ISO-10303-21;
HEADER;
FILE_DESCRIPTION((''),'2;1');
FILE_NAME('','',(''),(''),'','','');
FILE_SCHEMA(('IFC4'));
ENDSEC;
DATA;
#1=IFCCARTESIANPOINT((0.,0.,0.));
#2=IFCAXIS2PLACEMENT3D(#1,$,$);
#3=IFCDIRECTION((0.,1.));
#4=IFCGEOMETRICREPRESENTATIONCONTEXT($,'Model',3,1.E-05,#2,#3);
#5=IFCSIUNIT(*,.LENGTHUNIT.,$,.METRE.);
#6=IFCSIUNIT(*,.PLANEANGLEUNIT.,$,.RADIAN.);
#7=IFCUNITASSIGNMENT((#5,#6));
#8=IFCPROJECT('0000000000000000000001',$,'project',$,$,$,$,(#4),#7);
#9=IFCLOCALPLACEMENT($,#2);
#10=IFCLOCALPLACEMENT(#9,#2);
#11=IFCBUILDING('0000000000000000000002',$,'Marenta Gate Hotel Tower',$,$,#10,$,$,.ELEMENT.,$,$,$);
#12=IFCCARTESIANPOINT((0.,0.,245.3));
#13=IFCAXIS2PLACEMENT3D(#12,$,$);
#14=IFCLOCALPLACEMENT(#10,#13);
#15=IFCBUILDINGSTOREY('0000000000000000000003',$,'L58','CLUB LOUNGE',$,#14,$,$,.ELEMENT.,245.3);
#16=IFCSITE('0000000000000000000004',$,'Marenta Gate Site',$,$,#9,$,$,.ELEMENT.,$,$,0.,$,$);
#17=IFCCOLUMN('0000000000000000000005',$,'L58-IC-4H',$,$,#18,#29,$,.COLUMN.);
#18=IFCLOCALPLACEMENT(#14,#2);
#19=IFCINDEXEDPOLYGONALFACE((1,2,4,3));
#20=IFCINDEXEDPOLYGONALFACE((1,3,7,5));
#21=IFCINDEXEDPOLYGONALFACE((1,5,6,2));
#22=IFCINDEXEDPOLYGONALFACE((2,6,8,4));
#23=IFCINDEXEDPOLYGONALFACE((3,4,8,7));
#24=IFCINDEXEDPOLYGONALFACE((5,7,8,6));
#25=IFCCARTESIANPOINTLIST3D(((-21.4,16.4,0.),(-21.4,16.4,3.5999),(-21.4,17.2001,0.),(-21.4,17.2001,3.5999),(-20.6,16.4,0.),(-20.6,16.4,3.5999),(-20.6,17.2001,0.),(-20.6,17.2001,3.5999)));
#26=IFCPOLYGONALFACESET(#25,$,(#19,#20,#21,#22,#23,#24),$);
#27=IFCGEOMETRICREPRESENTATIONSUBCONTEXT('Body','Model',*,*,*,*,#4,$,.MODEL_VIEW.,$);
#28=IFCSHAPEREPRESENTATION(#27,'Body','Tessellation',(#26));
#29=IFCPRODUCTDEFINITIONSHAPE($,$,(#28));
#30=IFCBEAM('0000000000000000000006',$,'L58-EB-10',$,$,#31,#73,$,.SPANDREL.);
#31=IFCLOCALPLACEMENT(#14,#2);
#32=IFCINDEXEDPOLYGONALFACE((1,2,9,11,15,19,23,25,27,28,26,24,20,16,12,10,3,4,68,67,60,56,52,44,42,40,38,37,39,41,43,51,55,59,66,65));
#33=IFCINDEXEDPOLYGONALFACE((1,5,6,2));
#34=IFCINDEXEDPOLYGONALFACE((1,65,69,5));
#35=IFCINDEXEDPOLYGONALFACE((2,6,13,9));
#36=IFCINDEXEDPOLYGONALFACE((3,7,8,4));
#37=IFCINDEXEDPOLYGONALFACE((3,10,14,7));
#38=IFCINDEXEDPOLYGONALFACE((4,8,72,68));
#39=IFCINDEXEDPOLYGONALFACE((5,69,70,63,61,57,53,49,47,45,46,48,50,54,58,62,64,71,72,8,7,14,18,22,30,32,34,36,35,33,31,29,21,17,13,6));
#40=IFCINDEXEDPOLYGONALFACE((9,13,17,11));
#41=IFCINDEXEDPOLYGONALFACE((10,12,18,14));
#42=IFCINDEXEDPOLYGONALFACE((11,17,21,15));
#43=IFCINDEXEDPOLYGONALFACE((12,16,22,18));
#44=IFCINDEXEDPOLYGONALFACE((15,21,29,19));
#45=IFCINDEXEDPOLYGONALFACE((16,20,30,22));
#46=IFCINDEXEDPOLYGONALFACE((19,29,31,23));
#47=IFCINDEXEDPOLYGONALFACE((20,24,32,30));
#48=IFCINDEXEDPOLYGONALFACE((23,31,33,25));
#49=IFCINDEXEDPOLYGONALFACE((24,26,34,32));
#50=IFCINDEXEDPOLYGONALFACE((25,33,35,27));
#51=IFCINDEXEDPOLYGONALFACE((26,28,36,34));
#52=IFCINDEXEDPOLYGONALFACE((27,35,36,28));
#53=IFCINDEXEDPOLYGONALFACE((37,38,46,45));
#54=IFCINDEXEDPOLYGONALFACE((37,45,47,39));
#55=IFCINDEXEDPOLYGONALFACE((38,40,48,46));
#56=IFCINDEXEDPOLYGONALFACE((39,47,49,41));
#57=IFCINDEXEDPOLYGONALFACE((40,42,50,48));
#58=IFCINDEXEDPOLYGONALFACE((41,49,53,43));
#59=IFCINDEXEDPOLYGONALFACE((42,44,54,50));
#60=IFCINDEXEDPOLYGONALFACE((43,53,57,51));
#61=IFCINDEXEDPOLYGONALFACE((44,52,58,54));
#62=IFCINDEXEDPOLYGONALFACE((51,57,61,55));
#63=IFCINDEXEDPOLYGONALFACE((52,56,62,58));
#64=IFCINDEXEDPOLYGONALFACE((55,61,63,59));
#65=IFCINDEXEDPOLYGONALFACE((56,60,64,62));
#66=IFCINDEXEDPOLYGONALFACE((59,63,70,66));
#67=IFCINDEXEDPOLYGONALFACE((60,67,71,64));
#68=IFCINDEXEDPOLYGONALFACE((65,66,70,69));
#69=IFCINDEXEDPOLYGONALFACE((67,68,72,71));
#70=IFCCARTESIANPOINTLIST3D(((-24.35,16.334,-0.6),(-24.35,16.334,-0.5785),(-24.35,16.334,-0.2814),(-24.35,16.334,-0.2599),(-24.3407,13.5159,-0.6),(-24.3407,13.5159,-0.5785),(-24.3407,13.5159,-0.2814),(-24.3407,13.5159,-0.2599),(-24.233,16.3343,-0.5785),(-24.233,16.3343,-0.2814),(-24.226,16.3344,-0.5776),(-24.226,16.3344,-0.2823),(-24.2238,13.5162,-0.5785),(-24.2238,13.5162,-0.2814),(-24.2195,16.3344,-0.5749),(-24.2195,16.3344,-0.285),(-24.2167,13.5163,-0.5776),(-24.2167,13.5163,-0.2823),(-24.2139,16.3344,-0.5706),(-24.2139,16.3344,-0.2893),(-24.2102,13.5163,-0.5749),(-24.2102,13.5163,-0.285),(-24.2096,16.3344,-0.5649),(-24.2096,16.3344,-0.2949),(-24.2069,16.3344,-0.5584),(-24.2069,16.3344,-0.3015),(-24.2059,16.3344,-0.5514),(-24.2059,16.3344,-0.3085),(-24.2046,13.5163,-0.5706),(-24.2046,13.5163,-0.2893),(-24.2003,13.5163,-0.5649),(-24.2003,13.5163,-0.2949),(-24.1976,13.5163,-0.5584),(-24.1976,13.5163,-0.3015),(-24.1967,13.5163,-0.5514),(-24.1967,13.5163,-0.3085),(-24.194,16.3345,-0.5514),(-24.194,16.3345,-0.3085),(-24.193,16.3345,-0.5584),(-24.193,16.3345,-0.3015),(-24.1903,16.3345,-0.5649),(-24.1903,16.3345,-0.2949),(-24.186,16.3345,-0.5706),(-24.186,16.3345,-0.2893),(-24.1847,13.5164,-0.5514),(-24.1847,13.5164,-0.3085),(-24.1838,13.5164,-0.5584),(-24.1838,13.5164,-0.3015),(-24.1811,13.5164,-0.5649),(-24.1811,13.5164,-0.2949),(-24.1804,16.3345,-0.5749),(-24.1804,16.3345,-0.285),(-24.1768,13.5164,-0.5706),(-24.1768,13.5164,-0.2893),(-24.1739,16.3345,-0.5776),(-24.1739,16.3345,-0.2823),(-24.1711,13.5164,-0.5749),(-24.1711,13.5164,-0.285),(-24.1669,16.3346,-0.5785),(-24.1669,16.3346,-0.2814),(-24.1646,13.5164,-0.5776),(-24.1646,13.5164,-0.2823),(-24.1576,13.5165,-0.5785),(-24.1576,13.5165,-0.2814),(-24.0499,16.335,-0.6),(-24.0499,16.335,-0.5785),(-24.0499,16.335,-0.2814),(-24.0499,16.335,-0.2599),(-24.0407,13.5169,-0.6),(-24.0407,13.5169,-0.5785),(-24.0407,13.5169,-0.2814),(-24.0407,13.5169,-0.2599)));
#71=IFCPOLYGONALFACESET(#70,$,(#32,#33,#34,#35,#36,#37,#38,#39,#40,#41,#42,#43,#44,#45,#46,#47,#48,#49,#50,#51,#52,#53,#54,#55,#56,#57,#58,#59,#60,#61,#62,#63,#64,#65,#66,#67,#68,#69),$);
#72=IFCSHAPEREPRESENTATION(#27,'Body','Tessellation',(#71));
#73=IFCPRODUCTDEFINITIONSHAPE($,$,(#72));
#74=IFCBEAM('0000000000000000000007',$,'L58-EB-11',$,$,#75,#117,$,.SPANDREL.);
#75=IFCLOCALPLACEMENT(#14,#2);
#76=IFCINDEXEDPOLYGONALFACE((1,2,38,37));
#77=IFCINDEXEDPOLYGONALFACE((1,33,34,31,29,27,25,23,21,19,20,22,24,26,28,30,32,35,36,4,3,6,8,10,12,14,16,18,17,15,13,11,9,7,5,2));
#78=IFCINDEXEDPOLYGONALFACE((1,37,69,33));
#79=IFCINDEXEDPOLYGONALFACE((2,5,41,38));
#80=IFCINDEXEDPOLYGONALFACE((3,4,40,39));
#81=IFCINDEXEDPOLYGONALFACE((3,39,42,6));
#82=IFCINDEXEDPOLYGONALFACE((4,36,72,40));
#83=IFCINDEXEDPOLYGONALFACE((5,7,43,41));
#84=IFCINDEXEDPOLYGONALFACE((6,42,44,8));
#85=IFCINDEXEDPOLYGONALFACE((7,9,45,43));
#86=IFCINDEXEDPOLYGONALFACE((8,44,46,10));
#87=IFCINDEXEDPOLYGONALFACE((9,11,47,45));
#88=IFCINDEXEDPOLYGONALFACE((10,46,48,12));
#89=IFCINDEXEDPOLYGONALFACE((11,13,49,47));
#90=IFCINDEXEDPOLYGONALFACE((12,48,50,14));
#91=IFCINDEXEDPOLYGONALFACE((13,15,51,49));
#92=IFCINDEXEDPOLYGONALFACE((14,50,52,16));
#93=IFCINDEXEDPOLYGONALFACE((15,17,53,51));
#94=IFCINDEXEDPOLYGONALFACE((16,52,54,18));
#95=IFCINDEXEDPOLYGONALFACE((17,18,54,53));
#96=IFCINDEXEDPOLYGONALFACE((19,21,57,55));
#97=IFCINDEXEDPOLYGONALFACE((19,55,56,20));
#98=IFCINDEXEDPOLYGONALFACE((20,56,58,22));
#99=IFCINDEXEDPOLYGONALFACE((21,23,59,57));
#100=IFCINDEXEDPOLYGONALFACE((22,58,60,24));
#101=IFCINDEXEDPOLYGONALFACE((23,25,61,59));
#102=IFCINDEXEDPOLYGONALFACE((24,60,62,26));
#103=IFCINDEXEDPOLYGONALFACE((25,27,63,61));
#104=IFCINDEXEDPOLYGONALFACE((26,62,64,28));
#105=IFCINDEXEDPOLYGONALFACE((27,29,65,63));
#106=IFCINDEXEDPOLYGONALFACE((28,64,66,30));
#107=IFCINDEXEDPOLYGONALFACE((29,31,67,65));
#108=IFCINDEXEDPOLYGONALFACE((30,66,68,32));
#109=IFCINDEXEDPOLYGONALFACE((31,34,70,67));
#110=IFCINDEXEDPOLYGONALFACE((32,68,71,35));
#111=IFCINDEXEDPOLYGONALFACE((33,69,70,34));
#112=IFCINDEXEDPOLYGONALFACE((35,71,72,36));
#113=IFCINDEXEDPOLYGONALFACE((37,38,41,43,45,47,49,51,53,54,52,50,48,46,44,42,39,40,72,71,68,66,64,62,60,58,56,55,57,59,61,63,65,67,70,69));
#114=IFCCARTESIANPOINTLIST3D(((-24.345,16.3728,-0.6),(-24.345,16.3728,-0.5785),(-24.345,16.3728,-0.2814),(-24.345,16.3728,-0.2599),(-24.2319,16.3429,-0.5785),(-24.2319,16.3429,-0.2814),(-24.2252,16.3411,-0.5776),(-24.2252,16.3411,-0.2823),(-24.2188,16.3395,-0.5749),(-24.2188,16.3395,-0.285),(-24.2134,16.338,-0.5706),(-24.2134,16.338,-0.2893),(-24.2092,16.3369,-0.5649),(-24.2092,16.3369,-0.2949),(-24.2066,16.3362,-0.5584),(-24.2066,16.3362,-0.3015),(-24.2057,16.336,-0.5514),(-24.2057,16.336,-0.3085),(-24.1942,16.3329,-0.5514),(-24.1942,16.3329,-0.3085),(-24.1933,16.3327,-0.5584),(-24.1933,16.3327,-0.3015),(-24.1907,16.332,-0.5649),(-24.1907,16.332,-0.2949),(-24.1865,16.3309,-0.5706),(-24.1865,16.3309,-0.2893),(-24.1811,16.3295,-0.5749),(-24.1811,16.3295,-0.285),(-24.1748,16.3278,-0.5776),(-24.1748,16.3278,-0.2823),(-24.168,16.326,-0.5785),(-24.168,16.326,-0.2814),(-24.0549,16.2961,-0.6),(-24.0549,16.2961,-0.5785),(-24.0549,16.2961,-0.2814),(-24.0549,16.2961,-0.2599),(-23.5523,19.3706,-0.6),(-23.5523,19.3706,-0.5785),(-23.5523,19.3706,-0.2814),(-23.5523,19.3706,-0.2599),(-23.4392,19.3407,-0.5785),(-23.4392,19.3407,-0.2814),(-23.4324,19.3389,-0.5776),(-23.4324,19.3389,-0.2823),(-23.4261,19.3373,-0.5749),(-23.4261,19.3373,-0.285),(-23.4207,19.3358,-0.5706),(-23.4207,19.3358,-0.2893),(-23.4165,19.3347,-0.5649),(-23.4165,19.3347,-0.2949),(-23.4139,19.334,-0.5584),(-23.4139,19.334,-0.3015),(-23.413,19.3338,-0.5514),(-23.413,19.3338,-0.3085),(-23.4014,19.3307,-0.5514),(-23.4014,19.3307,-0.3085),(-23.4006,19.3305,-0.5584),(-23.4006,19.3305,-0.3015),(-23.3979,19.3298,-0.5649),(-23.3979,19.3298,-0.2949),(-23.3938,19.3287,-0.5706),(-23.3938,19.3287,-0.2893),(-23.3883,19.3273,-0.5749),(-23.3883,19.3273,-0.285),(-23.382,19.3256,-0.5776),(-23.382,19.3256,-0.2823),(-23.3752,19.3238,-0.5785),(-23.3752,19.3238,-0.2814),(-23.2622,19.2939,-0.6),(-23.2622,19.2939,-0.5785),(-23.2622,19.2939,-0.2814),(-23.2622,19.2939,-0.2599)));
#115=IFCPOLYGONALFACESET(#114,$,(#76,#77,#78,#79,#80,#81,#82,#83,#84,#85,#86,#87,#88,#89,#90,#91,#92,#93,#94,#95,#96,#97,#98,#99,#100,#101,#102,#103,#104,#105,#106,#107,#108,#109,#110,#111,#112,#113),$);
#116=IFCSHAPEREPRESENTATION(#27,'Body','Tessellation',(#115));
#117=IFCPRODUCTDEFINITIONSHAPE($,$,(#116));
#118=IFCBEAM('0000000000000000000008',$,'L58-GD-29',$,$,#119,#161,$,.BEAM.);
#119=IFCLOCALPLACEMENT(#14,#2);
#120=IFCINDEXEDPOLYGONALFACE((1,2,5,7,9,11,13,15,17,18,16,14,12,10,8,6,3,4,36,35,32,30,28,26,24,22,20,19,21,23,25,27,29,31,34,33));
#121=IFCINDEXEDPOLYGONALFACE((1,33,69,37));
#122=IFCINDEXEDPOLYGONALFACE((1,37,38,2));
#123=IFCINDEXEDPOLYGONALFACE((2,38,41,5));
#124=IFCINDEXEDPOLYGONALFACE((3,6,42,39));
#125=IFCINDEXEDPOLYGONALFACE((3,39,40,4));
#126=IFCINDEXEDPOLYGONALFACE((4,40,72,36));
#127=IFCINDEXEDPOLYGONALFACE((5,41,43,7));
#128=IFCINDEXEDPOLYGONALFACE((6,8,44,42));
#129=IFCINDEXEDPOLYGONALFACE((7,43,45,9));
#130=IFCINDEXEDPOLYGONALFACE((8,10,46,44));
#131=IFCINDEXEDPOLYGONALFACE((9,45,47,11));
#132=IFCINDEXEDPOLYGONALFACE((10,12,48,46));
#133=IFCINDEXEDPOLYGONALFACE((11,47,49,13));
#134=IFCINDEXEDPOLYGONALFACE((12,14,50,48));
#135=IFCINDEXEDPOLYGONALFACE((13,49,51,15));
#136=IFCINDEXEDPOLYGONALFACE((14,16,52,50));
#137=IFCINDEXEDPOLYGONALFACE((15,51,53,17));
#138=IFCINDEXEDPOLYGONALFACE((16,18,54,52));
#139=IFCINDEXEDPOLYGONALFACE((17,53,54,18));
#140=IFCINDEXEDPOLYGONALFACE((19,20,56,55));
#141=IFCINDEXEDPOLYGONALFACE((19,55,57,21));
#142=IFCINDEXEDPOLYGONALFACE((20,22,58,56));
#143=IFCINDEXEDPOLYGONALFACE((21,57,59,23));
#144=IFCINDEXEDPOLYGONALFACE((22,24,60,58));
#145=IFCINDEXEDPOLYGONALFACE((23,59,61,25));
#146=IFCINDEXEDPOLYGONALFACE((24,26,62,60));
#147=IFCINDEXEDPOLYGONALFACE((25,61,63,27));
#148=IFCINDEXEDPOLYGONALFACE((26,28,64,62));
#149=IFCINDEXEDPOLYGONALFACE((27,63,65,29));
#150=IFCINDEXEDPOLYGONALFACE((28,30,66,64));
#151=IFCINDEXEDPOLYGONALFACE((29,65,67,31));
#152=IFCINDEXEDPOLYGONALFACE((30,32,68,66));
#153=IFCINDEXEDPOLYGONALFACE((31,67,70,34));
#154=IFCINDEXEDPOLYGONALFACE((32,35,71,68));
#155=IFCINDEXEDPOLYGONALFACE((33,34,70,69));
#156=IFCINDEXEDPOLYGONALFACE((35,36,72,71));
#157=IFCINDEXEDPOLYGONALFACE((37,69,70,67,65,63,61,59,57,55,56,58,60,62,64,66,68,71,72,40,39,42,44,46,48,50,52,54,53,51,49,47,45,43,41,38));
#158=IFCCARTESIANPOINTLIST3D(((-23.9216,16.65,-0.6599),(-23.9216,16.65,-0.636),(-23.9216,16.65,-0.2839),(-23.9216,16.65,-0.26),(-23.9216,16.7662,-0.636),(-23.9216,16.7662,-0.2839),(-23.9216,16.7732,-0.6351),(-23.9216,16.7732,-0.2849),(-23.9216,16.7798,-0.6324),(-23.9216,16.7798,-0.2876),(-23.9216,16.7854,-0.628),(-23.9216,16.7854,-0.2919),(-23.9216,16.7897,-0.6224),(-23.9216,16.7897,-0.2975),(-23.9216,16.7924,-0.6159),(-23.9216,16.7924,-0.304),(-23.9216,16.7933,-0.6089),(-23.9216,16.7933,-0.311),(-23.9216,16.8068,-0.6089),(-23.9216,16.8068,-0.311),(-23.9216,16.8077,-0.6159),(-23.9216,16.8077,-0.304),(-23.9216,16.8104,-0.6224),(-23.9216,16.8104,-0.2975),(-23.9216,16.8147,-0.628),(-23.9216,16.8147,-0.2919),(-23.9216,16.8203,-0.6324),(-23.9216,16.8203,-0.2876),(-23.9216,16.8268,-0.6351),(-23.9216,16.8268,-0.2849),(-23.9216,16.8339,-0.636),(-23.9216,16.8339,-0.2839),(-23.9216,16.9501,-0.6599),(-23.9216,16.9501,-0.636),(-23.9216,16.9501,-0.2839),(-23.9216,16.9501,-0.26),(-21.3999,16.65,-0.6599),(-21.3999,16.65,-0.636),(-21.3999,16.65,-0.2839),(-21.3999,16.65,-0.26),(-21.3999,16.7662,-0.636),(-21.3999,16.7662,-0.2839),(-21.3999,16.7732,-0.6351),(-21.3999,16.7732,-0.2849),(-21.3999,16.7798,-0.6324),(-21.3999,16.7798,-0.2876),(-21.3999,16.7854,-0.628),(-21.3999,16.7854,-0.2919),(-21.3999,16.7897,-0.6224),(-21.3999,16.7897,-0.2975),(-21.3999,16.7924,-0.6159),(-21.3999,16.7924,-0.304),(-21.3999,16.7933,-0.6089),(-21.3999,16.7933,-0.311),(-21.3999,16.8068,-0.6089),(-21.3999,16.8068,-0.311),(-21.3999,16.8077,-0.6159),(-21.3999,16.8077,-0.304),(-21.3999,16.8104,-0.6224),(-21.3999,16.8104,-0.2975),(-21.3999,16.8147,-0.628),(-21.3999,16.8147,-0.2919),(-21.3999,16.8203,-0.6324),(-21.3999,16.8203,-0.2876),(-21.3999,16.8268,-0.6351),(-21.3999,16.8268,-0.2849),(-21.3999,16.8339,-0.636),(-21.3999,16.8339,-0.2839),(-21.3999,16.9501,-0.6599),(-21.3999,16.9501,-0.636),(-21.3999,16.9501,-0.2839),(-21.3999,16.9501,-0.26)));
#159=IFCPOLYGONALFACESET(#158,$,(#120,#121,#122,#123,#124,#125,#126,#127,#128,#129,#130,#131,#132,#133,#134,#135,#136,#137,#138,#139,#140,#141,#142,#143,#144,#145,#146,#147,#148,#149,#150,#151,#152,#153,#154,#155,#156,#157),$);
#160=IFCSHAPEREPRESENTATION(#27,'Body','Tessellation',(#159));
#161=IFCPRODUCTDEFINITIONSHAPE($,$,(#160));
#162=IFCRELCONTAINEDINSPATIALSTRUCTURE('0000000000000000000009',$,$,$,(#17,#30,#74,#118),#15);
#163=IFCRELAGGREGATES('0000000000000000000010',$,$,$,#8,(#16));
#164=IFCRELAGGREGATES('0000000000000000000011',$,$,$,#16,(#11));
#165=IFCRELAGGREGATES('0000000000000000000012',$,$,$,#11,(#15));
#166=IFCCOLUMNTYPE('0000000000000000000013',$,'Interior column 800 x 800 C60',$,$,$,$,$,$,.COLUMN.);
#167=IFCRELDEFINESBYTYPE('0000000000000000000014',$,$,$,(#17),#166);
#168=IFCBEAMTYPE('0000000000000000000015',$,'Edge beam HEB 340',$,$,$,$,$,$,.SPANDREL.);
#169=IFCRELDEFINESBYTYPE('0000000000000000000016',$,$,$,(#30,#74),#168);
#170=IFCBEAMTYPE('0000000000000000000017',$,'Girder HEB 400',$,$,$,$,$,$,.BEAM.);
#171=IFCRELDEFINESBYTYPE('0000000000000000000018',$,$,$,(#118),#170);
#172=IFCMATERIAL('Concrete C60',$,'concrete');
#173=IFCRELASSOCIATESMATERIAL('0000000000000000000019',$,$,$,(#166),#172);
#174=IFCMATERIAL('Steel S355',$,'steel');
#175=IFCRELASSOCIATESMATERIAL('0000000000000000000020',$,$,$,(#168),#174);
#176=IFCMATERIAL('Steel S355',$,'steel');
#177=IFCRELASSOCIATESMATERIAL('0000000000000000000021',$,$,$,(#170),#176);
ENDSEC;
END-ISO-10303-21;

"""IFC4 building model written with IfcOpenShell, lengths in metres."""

from ifc_helpers import new_model, si_unit, direction, frame, origin, origin_2d, place, context, subcontext, project, spatial, rectangle, i_section, extrude, material, material_profile, profile_set, type_object, element, save


model = new_model("IFC4")

# Units and contexts
model_context = context("Model", 3, precision=1e-05, world=origin(), true_north=direction((0.0, 1.0)))
body_context = subcontext(model_context, "Body", "Model", "MODEL_VIEW")
ifc_project = project(units=[si_unit("LENGTHUNIT", "METRE"), si_unit("PLANEANGLEUNIT", "RADIAN")], contexts=[model_context])

# Site, building, storey
site_placement = place(None, origin())
site = spatial("IfcSite", under=ifc_project, at=site_placement, Name="Marenta Gate Site", CompositionType="ELEMENT", RefElevation=0.0)
building_placement = place(site_placement, origin())
building = spatial("IfcBuilding", under=site, at=building_placement, Name="Marenta Gate Hotel Tower", CompositionType="ELEMENT")
storey_placement = place(building_placement, frame((0.0, 0.0, 245.3)))
storey = spatial("IfcBuildingStorey", under=building, at=storey_placement, Name="L58", Description="CLUB LOUNGE", CompositionType="ELEMENT", Elevation=245.3)

# Column
ifc_material_1 = material(Name="Concrete C60", Category="concrete")
ifc_material_profile_1 = material_profile(ifc_material_1, rectangle(XDim=0.8, YDim=0.8, at=origin_2d()), Name="800 x 800")
ifc_profile_set_1 = profile_set([ifc_material_profile_1], Name="Concrete C60")
column_type = type_object("IfcColumnType", Name="Interior column 800 x 800 C60", PredefinedType="COLUMN", material=ifc_profile_set_1)
column_placement = place(storey_placement, frame((-21.0, 16.8, 0.0), z_axis=(0.0, 0.0, 1.0), x_axis=(1.0, 0.0, 0.0)))
element("IfcColumn", 1, at=column_placement, inside=storey, type_object=column_type, Name="L58-IC-4H", PredefinedType="COLUMN", context=body_context, shape_type="SweptSolid", body=[
    extrude(rectangle(XDim=0.8, YDim=0.8, at=origin_2d()), origin(), (0.0, 0.0, 1.0), 3.5999),
])

# Beams
ifc_material_2 = material(Name="Steel S355", Category="steel")
ifc_material_profile_2 = material_profile(ifc_material_2, i_section(OverallWidth=0.3, OverallDepth=0.3401, WebThickness=0.012, FlangeThickness=0.0215, FilletRadius=0.0271, at=origin_2d()), Name="HEB 340")
ifc_profile_set_2 = profile_set([ifc_material_profile_2], Name="Steel S355")
beam_type_1 = type_object("IfcBeamType", Name="Edge beam HEB 340", PredefinedType="SPANDREL", material=ifc_profile_set_2)
beam_1_placement = place(storey_placement, frame((-24.1907, 13.5164, -0.4299), z_axis=(-0.003292, 0.999995, 0.0), x_axis=(-0.999995, -0.003292, 0.0)))
element("IfcBeam", 2, at=beam_1_placement, inside=storey, type_object=beam_type_1, Name="L58-EB-10", PredefinedType="SPANDREL", context=body_context, shape_type="SweptSolid", body=[
    extrude(i_section(OverallWidth=0.3, OverallDepth=0.3401, WebThickness=0.012, FlangeThickness=0.0215, FilletRadius=0.0271, at=origin_2d()), origin(), (0.0, 0.0, 1.0), 2.8181),
])
beam_2_placement = place(storey_placement, frame((-24.2, 16.3345, -0.4299), z_axis=(0.255648, 0.96677, 0.0), x_axis=(-0.96677, 0.255648, 0.0)))
element("IfcBeam", 3, at=beam_2_placement, inside=storey, type_object=beam_type_1, Name="L58-EB-11", PredefinedType="SPANDREL", context=body_context, shape_type="SweptSolid", body=[
    extrude(i_section(OverallWidth=0.3, OverallDepth=0.3401, WebThickness=0.012, FlangeThickness=0.0215, FilletRadius=0.0271, at=origin_2d()), origin(), (0.0, 0.0, 1.0), 3.1008),
])
ifc_material_3 = material(Name="Steel S355", Category="steel")
ifc_material_profile_3 = material_profile(ifc_material_3, i_section(OverallWidth=0.3, OverallDepth=0.3999, WebThickness=0.0134, FlangeThickness=0.0239, FilletRadius=0.0271, at=origin_2d()), Name="HEB 400")
ifc_profile_set_3 = profile_set([ifc_material_profile_3], Name="Steel S355")
beam_type_2 = type_object("IfcBeamType", Name="Girder HEB 400", PredefinedType="BEAM", material=ifc_profile_set_3)
beam_3_placement = place(storey_placement, frame((-23.9216, 16.8, -0.46), z_axis=(1.0, 0.0, 0.0), x_axis=(0.0, 1.0, 0.0)))
element("IfcBeam", 4, at=beam_3_placement, inside=storey, type_object=beam_type_2, Name="L58-GD-29", PredefinedType="BEAM", context=body_context, shape_type="SweptSolid", body=[
    extrude(i_section(OverallWidth=0.3, OverallDepth=0.3999, WebThickness=0.0134, FlangeThickness=0.0239, FilletRadius=0.0271, at=origin_2d()), origin(), (0.0, 0.0, 1.0), 2.5217),
])

save(model, "model.ifc")
